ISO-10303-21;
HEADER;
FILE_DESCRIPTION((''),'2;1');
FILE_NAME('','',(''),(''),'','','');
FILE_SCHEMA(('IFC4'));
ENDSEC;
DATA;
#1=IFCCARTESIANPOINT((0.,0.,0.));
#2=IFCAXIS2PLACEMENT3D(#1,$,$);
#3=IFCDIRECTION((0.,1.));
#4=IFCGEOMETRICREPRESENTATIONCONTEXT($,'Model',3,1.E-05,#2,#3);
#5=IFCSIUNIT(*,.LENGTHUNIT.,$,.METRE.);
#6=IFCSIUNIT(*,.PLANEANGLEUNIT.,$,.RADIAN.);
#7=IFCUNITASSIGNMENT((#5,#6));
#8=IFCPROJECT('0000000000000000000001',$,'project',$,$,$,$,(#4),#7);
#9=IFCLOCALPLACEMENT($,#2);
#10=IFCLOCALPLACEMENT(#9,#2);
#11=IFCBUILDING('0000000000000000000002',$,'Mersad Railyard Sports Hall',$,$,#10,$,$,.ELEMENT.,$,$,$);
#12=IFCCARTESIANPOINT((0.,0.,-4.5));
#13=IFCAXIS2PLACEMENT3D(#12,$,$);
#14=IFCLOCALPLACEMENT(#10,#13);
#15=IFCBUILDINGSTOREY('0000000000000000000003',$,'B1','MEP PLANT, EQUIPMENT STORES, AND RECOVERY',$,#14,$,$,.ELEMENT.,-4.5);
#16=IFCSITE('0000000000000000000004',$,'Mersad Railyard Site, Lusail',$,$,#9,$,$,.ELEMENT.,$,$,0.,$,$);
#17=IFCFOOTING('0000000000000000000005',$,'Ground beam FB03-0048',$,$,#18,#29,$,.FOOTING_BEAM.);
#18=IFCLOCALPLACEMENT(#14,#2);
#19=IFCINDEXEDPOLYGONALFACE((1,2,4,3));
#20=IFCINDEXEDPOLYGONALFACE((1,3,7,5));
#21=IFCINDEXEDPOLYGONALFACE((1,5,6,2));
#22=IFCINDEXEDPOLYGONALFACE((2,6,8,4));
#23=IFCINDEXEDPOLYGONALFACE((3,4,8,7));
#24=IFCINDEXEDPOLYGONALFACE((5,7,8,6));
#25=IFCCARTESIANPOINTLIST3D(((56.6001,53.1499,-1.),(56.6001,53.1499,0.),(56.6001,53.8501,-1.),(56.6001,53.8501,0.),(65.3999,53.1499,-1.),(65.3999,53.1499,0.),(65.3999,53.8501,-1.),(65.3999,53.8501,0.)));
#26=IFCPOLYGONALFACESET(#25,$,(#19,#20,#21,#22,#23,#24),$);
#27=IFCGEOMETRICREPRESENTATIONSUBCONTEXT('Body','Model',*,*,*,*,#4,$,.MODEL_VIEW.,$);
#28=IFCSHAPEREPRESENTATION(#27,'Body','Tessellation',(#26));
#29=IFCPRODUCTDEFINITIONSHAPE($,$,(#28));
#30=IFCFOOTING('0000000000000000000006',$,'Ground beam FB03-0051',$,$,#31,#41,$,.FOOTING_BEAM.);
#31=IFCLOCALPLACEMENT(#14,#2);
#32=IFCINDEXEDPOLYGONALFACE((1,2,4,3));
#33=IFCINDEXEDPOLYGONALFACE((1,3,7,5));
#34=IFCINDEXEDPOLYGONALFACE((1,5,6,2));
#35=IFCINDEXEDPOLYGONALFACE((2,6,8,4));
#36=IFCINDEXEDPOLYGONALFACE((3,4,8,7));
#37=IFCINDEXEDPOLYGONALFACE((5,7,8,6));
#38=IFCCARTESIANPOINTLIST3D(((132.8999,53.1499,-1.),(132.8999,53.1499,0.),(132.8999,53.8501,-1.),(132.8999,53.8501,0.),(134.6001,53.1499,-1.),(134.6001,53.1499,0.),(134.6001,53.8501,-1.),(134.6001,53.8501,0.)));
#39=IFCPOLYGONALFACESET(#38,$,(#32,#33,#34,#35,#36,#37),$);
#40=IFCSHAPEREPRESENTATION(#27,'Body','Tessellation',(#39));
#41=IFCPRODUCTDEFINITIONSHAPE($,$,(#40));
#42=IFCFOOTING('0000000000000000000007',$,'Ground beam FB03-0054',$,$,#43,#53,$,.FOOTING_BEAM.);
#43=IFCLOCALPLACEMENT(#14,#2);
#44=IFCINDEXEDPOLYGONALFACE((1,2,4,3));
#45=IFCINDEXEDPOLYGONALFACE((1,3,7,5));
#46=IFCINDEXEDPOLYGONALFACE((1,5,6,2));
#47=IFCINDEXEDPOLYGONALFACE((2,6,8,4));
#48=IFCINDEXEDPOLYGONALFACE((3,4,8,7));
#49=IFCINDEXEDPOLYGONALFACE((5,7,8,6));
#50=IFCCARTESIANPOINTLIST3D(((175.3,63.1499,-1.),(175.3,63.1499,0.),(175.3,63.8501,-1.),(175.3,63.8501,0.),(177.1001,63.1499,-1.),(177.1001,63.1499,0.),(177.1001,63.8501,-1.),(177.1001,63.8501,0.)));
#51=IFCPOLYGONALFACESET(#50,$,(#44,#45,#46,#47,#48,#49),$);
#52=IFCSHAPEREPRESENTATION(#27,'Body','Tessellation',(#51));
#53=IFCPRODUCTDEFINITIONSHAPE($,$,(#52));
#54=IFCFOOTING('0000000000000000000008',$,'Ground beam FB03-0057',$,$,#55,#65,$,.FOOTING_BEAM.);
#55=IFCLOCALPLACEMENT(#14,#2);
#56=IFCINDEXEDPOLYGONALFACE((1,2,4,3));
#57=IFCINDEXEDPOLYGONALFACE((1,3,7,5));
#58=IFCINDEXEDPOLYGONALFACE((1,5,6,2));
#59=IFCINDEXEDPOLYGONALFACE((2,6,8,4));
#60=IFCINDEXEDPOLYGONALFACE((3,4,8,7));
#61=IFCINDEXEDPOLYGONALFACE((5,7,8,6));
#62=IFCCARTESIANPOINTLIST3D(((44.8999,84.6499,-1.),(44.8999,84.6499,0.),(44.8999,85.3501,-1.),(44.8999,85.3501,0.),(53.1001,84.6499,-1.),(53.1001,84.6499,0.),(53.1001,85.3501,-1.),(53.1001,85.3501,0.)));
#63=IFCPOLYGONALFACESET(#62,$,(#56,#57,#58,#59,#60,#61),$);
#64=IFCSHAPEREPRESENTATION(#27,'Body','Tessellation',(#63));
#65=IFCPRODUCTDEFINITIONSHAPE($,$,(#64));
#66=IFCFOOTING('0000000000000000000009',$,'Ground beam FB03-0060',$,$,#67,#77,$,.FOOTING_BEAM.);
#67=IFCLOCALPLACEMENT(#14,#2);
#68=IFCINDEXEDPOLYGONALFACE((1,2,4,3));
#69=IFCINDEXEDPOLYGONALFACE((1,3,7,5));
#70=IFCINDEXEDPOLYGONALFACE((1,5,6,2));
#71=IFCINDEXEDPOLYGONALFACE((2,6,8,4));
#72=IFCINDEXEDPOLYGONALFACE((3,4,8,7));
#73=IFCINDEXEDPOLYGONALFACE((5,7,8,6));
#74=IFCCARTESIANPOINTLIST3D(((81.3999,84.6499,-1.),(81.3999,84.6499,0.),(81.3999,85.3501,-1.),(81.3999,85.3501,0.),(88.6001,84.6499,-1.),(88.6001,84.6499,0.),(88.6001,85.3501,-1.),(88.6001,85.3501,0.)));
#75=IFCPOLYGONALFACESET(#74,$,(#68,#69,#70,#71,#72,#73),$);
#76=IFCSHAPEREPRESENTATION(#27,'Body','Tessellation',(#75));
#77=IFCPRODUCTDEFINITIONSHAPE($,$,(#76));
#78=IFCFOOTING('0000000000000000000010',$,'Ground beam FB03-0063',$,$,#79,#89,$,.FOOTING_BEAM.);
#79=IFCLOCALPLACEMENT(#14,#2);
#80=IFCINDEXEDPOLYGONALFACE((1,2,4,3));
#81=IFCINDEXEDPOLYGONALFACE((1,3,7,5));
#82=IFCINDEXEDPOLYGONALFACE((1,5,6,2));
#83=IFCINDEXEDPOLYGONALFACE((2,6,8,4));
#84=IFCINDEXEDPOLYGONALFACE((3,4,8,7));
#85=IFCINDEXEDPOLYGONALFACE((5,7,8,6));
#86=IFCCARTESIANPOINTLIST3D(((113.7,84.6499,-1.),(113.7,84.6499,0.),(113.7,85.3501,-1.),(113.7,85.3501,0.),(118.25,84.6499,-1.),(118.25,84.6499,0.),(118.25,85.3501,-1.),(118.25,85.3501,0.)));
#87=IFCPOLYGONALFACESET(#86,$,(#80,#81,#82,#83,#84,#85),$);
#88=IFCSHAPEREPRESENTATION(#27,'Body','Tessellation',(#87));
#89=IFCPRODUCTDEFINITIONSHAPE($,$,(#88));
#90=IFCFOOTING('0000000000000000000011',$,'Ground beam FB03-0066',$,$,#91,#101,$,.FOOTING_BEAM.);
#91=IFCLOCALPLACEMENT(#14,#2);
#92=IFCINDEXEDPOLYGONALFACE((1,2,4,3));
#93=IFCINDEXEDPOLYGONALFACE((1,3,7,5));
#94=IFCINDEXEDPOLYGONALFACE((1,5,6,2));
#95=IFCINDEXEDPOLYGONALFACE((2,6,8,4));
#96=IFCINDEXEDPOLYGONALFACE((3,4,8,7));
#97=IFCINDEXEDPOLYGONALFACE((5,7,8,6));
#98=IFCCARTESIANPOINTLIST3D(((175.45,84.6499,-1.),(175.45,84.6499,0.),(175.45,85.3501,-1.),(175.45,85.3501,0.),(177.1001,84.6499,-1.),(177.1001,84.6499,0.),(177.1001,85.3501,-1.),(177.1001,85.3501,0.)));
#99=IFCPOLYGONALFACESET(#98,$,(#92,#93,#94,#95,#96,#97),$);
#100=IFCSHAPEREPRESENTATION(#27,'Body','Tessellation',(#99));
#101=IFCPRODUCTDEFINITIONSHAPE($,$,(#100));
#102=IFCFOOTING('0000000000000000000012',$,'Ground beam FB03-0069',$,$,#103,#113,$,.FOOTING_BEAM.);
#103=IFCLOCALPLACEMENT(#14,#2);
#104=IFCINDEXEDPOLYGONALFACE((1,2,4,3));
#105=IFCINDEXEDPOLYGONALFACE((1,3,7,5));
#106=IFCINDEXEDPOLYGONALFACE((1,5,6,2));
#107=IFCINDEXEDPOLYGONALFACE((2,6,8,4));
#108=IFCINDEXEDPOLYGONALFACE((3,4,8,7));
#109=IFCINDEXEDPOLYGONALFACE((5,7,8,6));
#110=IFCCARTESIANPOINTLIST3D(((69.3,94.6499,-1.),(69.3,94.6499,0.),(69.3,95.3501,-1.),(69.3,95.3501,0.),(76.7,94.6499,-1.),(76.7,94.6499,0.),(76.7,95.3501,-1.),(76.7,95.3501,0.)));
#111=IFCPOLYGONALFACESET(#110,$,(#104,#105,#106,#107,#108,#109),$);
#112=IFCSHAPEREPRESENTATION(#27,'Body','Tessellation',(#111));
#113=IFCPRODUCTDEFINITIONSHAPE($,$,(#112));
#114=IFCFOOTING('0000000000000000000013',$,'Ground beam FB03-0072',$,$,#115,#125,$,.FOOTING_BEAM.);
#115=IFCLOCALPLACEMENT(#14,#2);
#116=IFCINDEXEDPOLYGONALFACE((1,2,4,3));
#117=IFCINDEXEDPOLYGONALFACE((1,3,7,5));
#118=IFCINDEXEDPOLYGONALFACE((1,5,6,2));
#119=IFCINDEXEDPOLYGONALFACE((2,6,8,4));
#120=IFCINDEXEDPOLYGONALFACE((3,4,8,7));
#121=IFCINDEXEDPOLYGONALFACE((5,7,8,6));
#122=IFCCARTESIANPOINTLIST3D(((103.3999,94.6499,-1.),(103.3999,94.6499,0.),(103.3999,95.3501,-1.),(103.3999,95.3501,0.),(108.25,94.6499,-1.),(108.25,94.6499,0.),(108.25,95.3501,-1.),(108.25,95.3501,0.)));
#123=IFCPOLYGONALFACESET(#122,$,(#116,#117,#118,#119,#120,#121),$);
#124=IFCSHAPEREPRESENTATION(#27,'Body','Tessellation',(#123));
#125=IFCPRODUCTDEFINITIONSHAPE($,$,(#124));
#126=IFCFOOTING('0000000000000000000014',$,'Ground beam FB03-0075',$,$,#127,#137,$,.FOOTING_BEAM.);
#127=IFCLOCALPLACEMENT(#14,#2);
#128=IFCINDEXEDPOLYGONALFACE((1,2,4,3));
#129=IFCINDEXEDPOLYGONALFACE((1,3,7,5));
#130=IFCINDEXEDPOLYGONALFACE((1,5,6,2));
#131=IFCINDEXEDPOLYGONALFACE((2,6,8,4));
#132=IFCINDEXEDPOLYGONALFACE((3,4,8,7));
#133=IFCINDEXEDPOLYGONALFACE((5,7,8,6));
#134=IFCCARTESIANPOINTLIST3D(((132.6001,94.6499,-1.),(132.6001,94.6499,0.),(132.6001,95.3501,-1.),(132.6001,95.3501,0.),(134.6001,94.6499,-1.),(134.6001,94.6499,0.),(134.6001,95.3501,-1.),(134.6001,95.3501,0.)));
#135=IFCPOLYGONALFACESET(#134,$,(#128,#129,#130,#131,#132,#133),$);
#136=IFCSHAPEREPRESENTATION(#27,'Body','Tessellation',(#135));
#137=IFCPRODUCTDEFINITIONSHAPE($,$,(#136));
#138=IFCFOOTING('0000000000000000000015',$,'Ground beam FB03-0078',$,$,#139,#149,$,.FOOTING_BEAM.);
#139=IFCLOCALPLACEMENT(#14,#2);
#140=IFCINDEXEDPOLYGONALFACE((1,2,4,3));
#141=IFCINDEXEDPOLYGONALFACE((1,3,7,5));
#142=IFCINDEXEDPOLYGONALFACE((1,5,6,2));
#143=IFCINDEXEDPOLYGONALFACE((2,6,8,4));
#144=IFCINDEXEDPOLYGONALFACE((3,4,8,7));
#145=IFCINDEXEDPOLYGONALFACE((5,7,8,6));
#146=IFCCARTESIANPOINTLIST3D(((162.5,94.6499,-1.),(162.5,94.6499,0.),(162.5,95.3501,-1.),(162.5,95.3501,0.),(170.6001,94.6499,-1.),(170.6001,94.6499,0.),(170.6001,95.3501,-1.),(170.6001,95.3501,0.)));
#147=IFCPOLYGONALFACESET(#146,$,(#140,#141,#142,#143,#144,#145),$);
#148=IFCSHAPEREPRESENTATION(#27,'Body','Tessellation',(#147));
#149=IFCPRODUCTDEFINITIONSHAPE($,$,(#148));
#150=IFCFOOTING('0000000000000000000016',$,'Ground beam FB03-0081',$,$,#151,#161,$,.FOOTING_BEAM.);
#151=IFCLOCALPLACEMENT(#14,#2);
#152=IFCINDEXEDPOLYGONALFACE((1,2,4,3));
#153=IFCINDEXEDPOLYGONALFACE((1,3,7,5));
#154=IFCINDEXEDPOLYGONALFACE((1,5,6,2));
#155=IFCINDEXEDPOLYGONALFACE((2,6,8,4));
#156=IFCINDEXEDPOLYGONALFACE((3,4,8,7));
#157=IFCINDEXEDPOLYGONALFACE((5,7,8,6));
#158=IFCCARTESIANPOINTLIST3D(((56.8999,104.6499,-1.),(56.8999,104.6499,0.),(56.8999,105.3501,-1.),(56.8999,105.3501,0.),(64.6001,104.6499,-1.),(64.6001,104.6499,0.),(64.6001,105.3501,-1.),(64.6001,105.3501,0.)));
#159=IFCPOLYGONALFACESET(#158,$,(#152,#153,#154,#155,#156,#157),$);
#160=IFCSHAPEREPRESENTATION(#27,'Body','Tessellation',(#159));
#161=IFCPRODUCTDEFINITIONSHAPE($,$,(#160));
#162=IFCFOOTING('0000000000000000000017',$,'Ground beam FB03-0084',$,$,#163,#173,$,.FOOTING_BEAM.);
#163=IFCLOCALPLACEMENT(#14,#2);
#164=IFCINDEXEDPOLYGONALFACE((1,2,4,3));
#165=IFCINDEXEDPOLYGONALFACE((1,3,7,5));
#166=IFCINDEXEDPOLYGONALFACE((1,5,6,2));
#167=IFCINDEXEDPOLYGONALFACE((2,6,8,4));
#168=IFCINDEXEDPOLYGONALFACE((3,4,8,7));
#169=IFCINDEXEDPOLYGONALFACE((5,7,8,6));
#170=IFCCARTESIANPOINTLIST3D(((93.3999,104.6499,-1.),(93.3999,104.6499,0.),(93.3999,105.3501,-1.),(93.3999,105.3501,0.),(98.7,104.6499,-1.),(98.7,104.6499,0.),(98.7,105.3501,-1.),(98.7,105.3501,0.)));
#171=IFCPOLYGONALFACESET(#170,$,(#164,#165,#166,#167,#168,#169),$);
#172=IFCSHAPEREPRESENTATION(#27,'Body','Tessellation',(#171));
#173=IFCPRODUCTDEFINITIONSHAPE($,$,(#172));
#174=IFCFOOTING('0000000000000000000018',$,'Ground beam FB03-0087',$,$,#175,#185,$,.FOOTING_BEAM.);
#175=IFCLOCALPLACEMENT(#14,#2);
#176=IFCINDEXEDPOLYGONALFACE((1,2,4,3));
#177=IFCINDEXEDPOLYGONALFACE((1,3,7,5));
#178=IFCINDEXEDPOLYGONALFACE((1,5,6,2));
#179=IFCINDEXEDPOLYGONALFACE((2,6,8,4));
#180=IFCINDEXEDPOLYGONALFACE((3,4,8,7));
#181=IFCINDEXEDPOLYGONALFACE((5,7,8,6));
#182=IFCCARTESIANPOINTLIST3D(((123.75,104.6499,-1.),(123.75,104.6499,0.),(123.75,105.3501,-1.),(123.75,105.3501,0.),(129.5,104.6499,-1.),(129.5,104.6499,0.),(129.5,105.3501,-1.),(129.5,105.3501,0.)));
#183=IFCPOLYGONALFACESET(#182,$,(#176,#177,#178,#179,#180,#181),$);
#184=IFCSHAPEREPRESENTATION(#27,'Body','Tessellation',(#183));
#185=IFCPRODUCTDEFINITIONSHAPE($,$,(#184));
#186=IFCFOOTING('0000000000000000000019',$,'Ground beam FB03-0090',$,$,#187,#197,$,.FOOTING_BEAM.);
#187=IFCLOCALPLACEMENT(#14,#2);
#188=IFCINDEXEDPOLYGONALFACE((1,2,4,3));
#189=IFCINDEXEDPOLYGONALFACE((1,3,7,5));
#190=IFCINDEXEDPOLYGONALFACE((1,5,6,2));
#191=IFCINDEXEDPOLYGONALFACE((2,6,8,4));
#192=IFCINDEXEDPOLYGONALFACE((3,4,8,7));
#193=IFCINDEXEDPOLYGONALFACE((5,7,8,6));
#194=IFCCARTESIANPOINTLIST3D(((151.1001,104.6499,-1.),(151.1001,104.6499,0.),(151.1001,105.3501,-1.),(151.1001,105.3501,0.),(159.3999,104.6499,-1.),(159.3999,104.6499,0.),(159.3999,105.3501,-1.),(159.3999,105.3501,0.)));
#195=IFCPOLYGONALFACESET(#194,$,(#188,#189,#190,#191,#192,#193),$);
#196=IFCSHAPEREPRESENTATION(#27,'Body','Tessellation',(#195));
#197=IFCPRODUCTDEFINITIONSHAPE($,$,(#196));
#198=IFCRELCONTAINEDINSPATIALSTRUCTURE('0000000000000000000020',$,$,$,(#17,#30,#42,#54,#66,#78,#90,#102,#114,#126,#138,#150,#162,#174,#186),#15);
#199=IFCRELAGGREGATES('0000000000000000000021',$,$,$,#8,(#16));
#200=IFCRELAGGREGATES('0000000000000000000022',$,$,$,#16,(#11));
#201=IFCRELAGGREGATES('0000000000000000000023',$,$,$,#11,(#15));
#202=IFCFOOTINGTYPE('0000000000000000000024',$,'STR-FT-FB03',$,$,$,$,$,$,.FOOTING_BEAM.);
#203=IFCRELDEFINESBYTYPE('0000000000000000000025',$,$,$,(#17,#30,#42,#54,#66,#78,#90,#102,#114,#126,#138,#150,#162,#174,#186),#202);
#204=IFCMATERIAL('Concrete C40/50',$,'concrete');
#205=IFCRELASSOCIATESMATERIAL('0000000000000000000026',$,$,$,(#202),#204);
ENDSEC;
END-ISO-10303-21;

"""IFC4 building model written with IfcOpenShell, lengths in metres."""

from ifc_helpers import new_model, si_unit, direction, frame, origin, place, context, subcontext, project, spatial, polyline, outline, extrude, material, type_object, element, save


model = new_model("IFC4")

# Units and contexts
model_context = context("Model", 3, precision=1e-05, world=origin(), true_north=direction((0.0, 1.0)))
body_context = subcontext(model_context, "Body", "Model", "MODEL_VIEW")
ifc_project = project(units=[si_unit("LENGTHUNIT", "METRE"), si_unit("PLANEANGLEUNIT", "RADIAN")], contexts=[model_context])

# Site, building, storey
site_placement = place(None, origin())
site = spatial("IfcSite", under=ifc_project, at=site_placement, Name="Mersad Railyard Site, Lusail", CompositionType="ELEMENT", RefElevation=0.0)
building_placement = place(site_placement, origin())
building = spatial("IfcBuilding", under=site, at=building_placement, Name="Mersad Railyard Sports Hall", CompositionType="ELEMENT")
storey_placement = place(building_placement, frame((0.0, 0.0, -4.5)))
storey = spatial("IfcBuildingStorey", under=building, at=storey_placement, Name="B1", Description="MEP PLANT, EQUIPMENT STORES, AND RECOVERY", CompositionType="ELEMENT", Elevation=-4.5)

# Footings
ifc_material = material(Name="Concrete C40/50", Category="concrete")
footing_type = type_object("IfcFootingType", Name="STR-FT-FB03", PredefinedType="FOOTING_BEAM", material=ifc_material)
footing_1_placement = place(storey_placement, frame((0.0, 0.0, -1.0)))
element("IfcFooting", 1, at=footing_1_placement, inside=storey, type_object=footing_type, Name="Ground beam FB03-0048", PredefinedType="FOOTING_BEAM", context=body_context, shape_type="SweptSolid", body=[
    extrude(outline(polyline([(56.6001, 53.1499), (65.3999, 53.1499), (65.3999, 53.8501), (56.6001, 53.8501), (56.6001, 53.1499)])), origin(), (0.0, 0.0, 1.0), 1.0),
])
footing_2_placement = place(storey_placement, frame((0.0, 0.0, -1.0)))
element("IfcFooting", 2, at=footing_2_placement, inside=storey, type_object=footing_type, Name="Ground beam FB03-0051", PredefinedType="FOOTING_BEAM", context=body_context, shape_type="SweptSolid", body=[
    extrude(outline(polyline([(132.8999, 53.1499), (134.6001, 53.1499), (134.6001, 53.8501), (132.8999, 53.8501), (132.8999, 53.1499)])), origin(), (0.0, 0.0, 1.0), 1.0),
])
footing_3_placement = place(storey_placement, frame((0.0, 0.0, -1.0)))
element("IfcFooting", 3, at=footing_3_placement, inside=storey, type_object=footing_type, Name="Ground beam FB03-0054", PredefinedType="FOOTING_BEAM", context=body_context, shape_type="SweptSolid", body=[
    extrude(outline(polyline([(175.3, 63.1499), (177.1001, 63.1499), (177.1001, 63.8501), (175.3, 63.8501), (175.3, 63.1499)])), origin(), (0.0, 0.0, 1.0), 1.0),
])
footing_4_placement = place(storey_placement, frame((0.0, 0.0, -1.0)))
element("IfcFooting", 4, at=footing_4_placement, inside=storey, type_object=footing_type, Name="Ground beam FB03-0057", PredefinedType="FOOTING_BEAM", context=body_context, shape_type="SweptSolid", body=[
    extrude(outline(polyline([(44.8999, 84.6499), (53.1001, 84.6499), (53.1001, 85.3501), (44.8999, 85.3501), (44.8999, 84.6499)])), origin(), (0.0, 0.0, 1.0), 1.0),
])
footing_5_placement = place(storey_placement, frame((0.0, 0.0, -1.0)))
element("IfcFooting", 5, at=footing_5_placement, inside=storey, type_object=footing_type, Name="Ground beam FB03-0060", PredefinedType="FOOTING_BEAM", context=body_context, shape_type="SweptSolid", body=[
    extrude(outline(polyline([(81.3999, 84.6499), (88.6001, 84.6499), (88.6001, 85.3501), (81.3999, 85.3501), (81.3999, 84.6499)])), origin(), (0.0, 0.0, 1.0), 1.0),
])
footing_6_placement = place(storey_placement, frame((0.0, 0.0, -1.0)))
element("IfcFooting", 6, at=footing_6_placement, inside=storey, type_object=footing_type, Name="Ground beam FB03-0063", PredefinedType="FOOTING_BEAM", context=body_context, shape_type="SweptSolid", body=[
    extrude(outline(polyline([(113.7, 84.6499), (118.25, 84.6499), (118.25, 85.3501), (113.7, 85.3501), (113.7, 84.6499)])), origin(), (0.0, 0.0, 1.0), 1.0),
])
footing_7_placement = place(storey_placement, frame((0.0, 0.0, -1.0)))
element("IfcFooting", 7, at=footing_7_placement, inside=storey, type_object=footing_type, Name="Ground beam FB03-0066", PredefinedType="FOOTING_BEAM", context=body_context, shape_type="SweptSolid", body=[
    extrude(outline(polyline([(175.45, 84.6499), (177.1001, 84.6499), (177.1001, 85.3501), (175.45, 85.3501), (175.45, 84.6499)])), origin(), (0.0, 0.0, 1.0), 1.0),
])
footing_8_placement = place(storey_placement, frame((0.0, 0.0, -1.0)))
element("IfcFooting", 8, at=footing_8_placement, inside=storey, type_object=footing_type, Name="Ground beam FB03-0069", PredefinedType="FOOTING_BEAM", context=body_context, shape_type="SweptSolid", body=[
    extrude(outline(polyline([(69.3, 94.6499), (76.7, 94.6499), (76.7, 95.3501), (69.3, 95.3501), (69.3, 94.6499)])), origin(), (0.0, 0.0, 1.0), 1.0),
])
footing_9_placement = place(storey_placement, frame((0.0, 0.0, -1.0)))
element("IfcFooting", 9, at=footing_9_placement, inside=storey, type_object=footing_type, Name="Ground beam FB03-0072", PredefinedType="FOOTING_BEAM", context=body_context, shape_type="SweptSolid", body=[
    extrude(outline(polyline([(103.3999, 94.6499), (108.25, 94.6499), (108.25, 95.3501), (103.3999, 95.3501), (103.3999, 94.6499)])), origin(), (0.0, 0.0, 1.0), 1.0),
])
footing_10_placement = place(storey_placement, frame((0.0, 0.0, -1.0)))
element("IfcFooting", 10, at=footing_10_placement, inside=storey, type_object=footing_type, Name="Ground beam FB03-0075", PredefinedType="FOOTING_BEAM", context=body_context, shape_type="SweptSolid", body=[
    extrude(outline(polyline([(132.6001, 94.6499), (134.6001, 94.6499), (134.6001, 95.3501), (132.6001, 95.3501), (132.6001, 94.6499)])), origin(), (0.0, 0.0, 1.0), 1.0),
])
footing_11_placement = place(storey_placement, frame((0.0, 0.0, -1.0)))
element("IfcFooting", 11, at=footing_11_placement, inside=storey, type_object=footing_type, Name="Ground beam FB03-0078", PredefinedType="FOOTING_BEAM", context=body_context, shape_type="SweptSolid", body=[
    extrude(outline(polyline([(162.5, 94.6499), (170.6001, 94.6499), (170.6001, 95.3501), (162.5, 95.3501), (162.5, 94.6499)])), origin(), (0.0, 0.0, 1.0), 1.0),
])
footing_12_placement = place(storey_placement, frame((0.0, 0.0, -1.0)))
element("IfcFooting", 12, at=footing_12_placement, inside=storey, type_object=footing_type, Name="Ground beam FB03-0081", PredefinedType="FOOTING_BEAM", context=body_context, shape_type="SweptSolid", body=[
    extrude(outline(polyline([(56.8999, 104.6499), (64.6001, 104.6499), (64.6001, 105.3501), (56.8999, 105.3501), (56.8999, 104.6499)])), origin(), (0.0, 0.0, 1.0), 1.0),
])
footing_13_placement = place(storey_placement, frame((0.0, 0.0, -1.0)))
element("IfcFooting", 13, at=footing_13_placement, inside=storey, type_object=footing_type, Name="Ground beam FB03-0084", PredefinedType="FOOTING_BEAM", context=body_context, shape_type="SweptSolid", body=[
    extrude(outline(polyline([(93.3999, 104.6499), (98.7, 104.6499), (98.7, 105.3501), (93.3999, 105.3501), (93.3999, 104.6499)])), origin(), (0.0, 0.0, 1.0), 1.0),
])
footing_14_placement = place(storey_placement, frame((0.0, 0.0, -1.0)))
element("IfcFooting", 14, at=footing_14_placement, inside=storey, type_object=footing_type, Name="Ground beam FB03-0087", PredefinedType="FOOTING_BEAM", context=body_context, shape_type="SweptSolid", body=[
    extrude(outline(polyline([(123.75, 104.6499), (129.5, 104.6499), (129.5, 105.3501), (123.75, 105.3501), (123.75, 104.6499)])), origin(), (0.0, 0.0, 1.0), 1.0),
])
footing_15_placement = place(storey_placement, frame((0.0, 0.0, -1.0)))
element("IfcFooting", 15, at=footing_15_placement, inside=storey, type_object=footing_type, Name="Ground beam FB03-0090", PredefinedType="FOOTING_BEAM", context=body_context, shape_type="SweptSolid", body=[
    extrude(outline(polyline([(151.1001, 104.6499), (159.3999, 104.6499), (159.3999, 105.3501), (151.1001, 105.3501), (151.1001, 104.6499)])), origin(), (0.0, 0.0, 1.0), 1.0),
])

save(model, "model.ifc")
